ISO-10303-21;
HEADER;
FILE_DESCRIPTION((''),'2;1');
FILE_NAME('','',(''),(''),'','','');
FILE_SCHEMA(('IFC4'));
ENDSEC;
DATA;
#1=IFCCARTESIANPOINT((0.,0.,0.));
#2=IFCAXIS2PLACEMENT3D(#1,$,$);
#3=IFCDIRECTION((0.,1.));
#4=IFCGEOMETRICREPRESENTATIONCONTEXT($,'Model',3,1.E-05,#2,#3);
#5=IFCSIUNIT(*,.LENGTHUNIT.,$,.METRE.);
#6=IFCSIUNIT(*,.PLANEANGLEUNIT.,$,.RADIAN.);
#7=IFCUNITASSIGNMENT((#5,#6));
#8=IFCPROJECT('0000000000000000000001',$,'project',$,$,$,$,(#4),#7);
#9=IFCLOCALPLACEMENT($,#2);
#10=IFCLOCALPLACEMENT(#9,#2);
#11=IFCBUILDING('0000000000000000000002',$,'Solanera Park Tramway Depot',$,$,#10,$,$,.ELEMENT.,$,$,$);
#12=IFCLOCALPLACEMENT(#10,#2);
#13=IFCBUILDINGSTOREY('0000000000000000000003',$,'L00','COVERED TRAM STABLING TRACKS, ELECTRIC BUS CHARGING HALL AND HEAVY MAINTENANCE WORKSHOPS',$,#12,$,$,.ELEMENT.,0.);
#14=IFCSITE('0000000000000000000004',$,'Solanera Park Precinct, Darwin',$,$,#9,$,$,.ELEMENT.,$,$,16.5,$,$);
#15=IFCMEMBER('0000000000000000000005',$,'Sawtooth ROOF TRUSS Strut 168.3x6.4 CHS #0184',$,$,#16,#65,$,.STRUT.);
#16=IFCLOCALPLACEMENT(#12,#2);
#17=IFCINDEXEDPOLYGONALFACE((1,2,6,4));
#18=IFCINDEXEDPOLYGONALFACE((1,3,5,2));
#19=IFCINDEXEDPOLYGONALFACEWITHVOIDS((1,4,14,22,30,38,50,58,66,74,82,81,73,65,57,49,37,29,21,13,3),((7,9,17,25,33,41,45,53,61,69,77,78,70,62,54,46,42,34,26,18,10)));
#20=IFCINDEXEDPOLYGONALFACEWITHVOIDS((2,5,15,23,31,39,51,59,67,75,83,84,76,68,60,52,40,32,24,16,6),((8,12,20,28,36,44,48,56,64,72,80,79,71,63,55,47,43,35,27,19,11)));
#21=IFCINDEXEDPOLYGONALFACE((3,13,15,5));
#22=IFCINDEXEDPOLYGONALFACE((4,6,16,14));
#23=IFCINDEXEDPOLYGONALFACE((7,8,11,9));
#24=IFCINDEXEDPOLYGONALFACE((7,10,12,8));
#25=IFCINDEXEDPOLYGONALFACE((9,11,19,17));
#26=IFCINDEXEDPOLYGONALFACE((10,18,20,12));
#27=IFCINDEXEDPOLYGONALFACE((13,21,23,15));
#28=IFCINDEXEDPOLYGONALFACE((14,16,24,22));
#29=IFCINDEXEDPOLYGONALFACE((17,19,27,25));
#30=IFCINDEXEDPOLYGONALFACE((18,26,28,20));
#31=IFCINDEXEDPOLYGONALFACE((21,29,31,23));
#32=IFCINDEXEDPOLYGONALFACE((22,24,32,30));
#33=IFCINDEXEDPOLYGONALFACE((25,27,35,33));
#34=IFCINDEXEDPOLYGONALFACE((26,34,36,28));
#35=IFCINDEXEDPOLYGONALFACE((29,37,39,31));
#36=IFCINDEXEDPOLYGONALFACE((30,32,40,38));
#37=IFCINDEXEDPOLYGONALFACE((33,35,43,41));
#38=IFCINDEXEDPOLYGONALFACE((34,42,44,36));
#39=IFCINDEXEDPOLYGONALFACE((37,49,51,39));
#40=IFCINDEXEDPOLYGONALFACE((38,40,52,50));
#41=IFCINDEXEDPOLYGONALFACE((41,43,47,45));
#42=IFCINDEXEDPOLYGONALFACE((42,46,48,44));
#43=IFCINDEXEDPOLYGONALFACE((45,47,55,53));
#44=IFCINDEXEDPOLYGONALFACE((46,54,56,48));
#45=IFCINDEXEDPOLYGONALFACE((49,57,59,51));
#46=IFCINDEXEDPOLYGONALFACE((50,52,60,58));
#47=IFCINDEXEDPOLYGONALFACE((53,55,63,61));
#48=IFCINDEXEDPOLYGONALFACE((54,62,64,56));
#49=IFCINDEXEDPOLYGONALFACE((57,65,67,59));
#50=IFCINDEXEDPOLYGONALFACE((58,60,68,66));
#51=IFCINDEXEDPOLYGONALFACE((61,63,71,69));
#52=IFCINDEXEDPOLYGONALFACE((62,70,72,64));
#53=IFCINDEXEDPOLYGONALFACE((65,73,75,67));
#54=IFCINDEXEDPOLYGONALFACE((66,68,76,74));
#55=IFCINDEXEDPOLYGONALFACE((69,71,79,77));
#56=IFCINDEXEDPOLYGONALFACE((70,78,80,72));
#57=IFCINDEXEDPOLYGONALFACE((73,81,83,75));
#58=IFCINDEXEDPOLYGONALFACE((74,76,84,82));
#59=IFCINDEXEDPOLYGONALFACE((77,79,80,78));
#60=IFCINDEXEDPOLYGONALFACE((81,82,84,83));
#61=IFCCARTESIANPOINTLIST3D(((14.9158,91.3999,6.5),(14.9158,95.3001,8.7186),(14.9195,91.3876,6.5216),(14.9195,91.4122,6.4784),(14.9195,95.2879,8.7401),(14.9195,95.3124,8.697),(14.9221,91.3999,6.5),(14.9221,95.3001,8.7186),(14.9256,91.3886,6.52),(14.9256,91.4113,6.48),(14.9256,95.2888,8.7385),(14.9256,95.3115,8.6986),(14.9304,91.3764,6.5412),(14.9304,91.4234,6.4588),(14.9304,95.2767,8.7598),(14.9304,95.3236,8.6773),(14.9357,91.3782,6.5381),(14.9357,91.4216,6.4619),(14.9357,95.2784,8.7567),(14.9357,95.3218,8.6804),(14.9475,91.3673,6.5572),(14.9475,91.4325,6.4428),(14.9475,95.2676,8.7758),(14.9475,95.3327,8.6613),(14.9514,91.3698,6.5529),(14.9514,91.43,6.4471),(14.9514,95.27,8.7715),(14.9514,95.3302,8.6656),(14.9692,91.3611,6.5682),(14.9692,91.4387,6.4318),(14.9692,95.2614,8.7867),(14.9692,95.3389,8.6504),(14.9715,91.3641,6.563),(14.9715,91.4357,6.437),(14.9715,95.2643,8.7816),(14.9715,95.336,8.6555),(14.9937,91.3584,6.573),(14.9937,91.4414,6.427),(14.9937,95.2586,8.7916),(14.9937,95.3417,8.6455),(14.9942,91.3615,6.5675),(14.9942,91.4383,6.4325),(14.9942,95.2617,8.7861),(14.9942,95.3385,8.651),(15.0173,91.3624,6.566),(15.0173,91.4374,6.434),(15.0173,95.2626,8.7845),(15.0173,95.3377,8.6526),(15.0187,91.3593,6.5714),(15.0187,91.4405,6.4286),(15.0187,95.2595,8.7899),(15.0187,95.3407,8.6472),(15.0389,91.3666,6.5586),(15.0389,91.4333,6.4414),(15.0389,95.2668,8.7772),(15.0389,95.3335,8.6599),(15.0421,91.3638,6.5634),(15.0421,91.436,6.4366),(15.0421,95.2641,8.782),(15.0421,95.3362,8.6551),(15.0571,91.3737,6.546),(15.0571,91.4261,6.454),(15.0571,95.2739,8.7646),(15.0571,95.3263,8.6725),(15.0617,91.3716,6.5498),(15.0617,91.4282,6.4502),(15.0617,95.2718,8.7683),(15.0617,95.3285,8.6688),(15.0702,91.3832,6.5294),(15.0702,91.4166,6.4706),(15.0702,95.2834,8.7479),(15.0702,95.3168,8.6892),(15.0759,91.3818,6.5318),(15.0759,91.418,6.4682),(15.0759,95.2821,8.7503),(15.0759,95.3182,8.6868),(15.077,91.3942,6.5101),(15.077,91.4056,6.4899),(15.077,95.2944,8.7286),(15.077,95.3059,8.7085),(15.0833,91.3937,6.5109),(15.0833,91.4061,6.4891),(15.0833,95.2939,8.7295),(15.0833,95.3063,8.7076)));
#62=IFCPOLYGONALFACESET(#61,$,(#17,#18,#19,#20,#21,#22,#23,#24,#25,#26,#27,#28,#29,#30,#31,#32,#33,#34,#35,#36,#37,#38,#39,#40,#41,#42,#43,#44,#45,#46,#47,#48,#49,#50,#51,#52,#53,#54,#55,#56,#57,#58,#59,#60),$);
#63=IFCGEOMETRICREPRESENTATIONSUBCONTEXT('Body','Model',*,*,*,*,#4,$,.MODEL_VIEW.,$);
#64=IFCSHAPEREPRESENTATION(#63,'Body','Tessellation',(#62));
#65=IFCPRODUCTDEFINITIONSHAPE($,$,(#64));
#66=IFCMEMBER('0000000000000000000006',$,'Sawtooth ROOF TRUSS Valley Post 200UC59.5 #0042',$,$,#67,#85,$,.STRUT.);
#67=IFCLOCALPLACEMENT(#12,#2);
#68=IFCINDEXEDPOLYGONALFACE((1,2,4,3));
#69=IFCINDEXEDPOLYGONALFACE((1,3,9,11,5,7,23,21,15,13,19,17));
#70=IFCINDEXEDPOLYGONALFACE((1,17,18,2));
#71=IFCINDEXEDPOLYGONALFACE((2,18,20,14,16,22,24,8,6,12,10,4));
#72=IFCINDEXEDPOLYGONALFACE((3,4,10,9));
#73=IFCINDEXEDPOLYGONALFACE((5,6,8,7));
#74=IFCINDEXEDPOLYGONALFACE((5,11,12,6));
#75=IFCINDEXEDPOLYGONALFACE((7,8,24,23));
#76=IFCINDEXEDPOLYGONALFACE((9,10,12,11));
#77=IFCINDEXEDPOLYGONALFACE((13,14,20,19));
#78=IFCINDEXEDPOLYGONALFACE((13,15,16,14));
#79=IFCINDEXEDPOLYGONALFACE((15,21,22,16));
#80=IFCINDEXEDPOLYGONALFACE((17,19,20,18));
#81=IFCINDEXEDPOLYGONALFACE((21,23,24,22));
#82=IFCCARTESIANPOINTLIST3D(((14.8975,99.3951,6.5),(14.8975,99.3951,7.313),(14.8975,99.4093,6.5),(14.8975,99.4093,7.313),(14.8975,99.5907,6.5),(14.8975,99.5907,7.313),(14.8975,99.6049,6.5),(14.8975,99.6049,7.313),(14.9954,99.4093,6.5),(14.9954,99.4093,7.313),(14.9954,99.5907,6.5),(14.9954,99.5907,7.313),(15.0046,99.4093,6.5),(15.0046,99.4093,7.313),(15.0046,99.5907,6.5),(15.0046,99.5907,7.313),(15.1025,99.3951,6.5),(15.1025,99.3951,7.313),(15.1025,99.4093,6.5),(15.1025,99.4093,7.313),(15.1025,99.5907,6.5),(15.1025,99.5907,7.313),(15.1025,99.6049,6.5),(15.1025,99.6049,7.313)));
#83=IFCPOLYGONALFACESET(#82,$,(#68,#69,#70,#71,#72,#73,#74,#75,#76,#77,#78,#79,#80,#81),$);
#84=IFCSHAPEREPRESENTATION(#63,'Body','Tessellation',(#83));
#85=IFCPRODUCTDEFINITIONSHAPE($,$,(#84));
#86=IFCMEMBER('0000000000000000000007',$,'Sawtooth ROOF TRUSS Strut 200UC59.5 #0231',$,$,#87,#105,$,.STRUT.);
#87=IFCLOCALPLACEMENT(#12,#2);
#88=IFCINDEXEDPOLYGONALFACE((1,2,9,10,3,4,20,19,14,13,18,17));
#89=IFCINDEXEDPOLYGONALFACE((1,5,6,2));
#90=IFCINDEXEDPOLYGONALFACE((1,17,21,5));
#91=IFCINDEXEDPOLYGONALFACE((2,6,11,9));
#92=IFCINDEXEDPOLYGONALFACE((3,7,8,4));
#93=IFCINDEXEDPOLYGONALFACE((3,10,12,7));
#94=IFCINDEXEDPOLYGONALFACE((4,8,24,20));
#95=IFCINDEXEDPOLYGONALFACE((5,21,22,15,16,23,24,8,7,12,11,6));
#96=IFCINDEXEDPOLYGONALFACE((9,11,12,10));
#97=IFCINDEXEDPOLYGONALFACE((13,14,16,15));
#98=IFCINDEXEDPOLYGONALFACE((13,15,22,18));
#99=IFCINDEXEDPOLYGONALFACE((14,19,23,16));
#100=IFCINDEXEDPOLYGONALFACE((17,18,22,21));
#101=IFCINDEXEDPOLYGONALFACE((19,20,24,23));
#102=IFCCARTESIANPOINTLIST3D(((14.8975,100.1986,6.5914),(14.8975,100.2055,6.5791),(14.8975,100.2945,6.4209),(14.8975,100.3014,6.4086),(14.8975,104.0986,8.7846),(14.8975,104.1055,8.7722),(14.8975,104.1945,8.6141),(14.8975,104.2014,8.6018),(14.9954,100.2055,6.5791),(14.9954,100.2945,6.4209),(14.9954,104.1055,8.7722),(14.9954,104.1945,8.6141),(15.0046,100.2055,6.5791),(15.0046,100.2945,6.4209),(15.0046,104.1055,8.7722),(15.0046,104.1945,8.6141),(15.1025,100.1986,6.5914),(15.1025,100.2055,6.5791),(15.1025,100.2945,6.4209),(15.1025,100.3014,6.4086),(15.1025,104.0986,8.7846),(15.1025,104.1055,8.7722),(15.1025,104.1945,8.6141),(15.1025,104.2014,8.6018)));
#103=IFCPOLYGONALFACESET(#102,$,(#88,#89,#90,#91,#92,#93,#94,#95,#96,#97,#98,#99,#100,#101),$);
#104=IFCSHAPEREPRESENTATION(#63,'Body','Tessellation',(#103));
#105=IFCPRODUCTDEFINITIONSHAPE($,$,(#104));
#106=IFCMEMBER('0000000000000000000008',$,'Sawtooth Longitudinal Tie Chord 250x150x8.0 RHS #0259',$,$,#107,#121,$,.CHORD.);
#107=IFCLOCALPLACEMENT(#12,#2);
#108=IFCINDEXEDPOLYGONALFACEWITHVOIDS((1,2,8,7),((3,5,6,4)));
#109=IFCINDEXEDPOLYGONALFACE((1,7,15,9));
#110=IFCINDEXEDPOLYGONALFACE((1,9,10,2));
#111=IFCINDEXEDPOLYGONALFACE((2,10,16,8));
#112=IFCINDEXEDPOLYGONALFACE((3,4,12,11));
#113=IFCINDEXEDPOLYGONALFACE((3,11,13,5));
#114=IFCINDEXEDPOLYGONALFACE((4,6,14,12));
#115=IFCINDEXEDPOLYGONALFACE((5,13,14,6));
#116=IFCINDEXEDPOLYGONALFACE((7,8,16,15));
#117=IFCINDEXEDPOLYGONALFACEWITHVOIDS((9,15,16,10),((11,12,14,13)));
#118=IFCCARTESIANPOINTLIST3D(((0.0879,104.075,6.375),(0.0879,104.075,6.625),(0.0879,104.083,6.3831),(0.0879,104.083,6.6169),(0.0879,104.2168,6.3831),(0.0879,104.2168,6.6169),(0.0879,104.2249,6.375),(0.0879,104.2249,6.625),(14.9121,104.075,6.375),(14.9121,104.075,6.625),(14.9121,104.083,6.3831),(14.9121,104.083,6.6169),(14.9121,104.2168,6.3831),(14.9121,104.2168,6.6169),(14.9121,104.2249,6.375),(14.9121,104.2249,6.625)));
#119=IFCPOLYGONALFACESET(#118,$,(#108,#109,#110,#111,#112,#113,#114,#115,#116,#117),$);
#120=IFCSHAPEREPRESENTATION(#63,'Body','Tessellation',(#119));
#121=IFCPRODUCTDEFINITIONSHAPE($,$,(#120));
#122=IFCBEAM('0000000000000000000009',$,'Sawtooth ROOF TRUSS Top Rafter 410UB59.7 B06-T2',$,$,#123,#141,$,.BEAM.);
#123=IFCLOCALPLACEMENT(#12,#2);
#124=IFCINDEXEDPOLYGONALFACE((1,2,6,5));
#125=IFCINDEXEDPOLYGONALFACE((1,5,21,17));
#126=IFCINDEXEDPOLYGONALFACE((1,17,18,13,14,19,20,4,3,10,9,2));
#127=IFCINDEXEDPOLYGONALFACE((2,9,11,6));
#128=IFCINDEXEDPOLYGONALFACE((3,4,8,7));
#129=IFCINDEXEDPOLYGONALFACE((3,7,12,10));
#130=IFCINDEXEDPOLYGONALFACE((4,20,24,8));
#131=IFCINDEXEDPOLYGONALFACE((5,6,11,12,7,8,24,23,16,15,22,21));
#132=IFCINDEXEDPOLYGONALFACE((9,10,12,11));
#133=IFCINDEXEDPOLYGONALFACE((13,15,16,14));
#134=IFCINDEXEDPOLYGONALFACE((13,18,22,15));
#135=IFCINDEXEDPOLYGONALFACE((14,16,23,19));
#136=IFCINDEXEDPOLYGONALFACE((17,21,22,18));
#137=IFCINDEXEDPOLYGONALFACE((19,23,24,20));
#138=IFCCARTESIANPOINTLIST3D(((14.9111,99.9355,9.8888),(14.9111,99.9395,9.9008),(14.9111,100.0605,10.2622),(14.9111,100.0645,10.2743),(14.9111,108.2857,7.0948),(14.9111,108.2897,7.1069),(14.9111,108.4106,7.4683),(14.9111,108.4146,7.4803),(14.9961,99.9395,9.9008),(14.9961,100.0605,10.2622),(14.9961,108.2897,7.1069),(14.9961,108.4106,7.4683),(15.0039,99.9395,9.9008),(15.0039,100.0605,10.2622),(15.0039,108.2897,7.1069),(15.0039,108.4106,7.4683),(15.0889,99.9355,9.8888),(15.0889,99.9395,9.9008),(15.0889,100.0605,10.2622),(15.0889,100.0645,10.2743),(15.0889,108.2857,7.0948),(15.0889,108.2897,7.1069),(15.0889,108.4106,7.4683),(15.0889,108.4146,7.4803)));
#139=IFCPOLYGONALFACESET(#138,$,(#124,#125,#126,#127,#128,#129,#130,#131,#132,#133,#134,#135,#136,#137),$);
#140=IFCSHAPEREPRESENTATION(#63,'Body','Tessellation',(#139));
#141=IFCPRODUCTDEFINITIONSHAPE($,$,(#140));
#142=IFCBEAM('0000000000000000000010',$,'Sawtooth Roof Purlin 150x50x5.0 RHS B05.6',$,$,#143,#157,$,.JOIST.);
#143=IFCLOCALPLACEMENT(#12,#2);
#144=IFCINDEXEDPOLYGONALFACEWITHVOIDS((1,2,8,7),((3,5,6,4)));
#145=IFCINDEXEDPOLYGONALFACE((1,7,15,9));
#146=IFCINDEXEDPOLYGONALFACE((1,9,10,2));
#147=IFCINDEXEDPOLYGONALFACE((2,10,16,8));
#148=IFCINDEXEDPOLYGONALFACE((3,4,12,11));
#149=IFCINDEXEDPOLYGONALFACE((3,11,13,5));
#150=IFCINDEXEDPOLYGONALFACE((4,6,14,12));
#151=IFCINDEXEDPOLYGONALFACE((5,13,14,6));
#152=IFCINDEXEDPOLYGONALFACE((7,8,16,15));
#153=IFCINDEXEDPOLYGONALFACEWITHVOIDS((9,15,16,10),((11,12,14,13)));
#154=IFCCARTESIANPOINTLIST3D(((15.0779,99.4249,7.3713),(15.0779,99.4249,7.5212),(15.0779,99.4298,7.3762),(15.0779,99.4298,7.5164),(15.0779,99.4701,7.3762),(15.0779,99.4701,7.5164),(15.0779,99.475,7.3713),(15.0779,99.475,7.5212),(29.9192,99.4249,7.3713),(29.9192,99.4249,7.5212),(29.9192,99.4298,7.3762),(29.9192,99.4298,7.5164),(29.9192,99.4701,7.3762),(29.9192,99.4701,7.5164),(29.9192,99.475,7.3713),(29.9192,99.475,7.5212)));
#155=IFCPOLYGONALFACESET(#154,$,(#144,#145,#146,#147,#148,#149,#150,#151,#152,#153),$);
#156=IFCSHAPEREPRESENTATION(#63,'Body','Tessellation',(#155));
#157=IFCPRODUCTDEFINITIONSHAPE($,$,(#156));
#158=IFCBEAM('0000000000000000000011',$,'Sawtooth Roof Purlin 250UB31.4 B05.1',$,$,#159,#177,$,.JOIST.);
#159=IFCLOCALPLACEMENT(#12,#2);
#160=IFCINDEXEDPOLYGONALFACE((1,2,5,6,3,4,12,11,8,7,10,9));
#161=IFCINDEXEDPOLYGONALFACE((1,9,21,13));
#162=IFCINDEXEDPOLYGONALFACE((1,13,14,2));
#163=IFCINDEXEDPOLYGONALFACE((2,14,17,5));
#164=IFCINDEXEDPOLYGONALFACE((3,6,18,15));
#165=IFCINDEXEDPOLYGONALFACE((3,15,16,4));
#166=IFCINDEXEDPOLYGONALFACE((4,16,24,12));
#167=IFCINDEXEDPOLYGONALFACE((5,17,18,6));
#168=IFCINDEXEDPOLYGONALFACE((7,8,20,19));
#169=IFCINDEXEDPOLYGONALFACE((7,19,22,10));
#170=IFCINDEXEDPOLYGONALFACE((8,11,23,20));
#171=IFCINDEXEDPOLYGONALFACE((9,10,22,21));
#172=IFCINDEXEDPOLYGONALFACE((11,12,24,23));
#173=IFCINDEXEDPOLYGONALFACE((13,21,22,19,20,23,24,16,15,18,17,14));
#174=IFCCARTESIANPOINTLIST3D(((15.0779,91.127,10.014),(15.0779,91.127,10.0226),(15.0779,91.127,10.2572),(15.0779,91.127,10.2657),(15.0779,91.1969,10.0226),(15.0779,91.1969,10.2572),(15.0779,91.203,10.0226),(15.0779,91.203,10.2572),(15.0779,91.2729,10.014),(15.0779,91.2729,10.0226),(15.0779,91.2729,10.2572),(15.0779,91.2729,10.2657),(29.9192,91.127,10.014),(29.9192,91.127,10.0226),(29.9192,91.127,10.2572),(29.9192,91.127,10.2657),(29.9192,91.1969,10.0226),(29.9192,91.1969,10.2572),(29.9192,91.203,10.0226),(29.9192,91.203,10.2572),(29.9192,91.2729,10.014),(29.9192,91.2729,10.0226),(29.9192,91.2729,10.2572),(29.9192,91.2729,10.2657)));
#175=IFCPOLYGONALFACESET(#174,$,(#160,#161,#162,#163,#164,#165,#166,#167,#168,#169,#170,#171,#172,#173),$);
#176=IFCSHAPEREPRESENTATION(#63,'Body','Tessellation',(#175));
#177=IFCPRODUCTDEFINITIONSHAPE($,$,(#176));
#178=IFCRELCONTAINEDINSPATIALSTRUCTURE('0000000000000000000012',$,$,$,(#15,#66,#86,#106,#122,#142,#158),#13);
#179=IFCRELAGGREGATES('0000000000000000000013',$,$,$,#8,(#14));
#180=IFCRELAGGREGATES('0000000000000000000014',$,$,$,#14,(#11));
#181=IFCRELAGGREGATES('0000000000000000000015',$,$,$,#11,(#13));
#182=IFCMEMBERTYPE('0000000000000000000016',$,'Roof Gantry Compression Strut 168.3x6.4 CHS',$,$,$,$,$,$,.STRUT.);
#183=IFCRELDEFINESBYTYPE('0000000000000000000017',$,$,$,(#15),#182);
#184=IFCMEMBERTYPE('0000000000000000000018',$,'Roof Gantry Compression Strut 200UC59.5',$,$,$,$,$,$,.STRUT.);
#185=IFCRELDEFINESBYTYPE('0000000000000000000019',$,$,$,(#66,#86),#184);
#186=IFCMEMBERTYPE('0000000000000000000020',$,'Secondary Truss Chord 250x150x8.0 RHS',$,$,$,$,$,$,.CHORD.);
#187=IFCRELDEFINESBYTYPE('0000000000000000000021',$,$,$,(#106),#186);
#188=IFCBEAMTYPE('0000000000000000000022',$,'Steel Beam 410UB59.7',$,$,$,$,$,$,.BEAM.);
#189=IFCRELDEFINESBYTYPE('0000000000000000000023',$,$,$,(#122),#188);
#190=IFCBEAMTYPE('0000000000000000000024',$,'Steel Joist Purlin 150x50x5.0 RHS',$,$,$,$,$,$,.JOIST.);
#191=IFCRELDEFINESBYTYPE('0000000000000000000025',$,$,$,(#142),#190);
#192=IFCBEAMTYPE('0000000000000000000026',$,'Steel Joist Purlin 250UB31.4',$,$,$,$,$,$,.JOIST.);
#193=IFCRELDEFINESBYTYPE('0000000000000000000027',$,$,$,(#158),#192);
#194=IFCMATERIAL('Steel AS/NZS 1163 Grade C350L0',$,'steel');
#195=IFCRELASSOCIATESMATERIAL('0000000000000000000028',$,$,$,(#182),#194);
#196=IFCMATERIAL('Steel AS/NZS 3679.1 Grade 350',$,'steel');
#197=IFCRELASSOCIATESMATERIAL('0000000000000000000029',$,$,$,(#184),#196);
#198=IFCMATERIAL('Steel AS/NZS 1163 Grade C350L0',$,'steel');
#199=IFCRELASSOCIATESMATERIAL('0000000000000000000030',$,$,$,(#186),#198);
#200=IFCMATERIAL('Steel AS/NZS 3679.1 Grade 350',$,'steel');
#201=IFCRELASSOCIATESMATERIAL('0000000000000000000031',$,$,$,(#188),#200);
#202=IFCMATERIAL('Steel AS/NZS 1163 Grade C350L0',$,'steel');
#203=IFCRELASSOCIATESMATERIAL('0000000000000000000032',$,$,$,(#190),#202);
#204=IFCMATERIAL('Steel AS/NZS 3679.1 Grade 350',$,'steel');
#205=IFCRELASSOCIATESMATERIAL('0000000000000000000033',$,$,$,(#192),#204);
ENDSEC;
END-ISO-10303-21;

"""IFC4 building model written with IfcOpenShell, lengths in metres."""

from ifc_helpers import new_model, si_unit, direction, frame, origin, origin_2d, place, context, subcontext, project, spatial, hollow_rectangle, hollow_circle, i_section, extrude, material, material_profile, profile_set, type_object, element, save


model = new_model("IFC4")

# Units and contexts
model_context = context("Model", 3, precision=1e-05, world=origin(), true_north=direction((0.0, 1.0)))
body_context = subcontext(model_context, "Body", "Model", "MODEL_VIEW")
ifc_project = project(units=[si_unit("LENGTHUNIT", "METRE"), si_unit("PLANEANGLEUNIT", "RADIAN")], contexts=[model_context])

# Site, building, storey
site_placement = place(None, origin())
site = spatial("IfcSite", under=ifc_project, at=site_placement, Name="Solanera Park Precinct, Darwin", CompositionType="ELEMENT", RefElevation=16.5)
building_placement = place(site_placement, origin())
building = spatial("IfcBuilding", under=site, at=building_placement, Name="Solanera Park Tramway Depot", CompositionType="ELEMENT")
storey_placement = place(building_placement, origin())
storey = spatial("IfcBuildingStorey", under=building, at=storey_placement, Name="L00", Description="COVERED TRAM STABLING TRACKS, ELECTRIC BUS CHARGING HALL AND HEAVY MAINTENANCE WORKSHOPS", CompositionType="ELEMENT", Elevation=0.0)

# Members
ifc_material_1 = material(Name="Steel AS/NZS 1163 Grade C350L0", Category="steel")
ifc_material_profile_1 = material_profile(ifc_material_1, hollow_circle(Radius=0.0842, WallThickness=0.0063, at=origin_2d()), Name="168.3x6.4 CHS")
ifc_profile_set_1 = profile_set([ifc_material_profile_1], Name="Steel AS/NZS 1163 Grade C350L0")
member_type_1 = type_object("IfcMemberType", Name="Roof Gantry Compression Strut 168.3x6.4 CHS", PredefinedType="STRUT", material=ifc_profile_set_1)
member_1_placement = place(storey_placement, frame((15.0, 91.3999, 6.5), z_axis=(0.0, 0.869216, 0.494433), x_axis=(-1.0, 0.0, 0.0)))
element("IfcMember", 1, at=member_1_placement, inside=storey, type_object=member_type_1, Name="Sawtooth ROOF TRUSS Strut 168.3x6.4 CHS #0184", PredefinedType="STRUT", context=body_context, shape_type="SweptSolid", body=[
    extrude(hollow_circle(Radius=0.0842, WallThickness=0.0063, at=origin_2d()), origin(), (0.0, 0.0, 1.0), 4.4871),
])
ifc_material_2 = material(Name="Steel AS/NZS 3679.1 Grade 350", Category="steel")
ifc_material_profile_2 = material_profile(ifc_material_2, i_section(OverallWidth=0.2051, OverallDepth=0.2097, WebThickness=0.0093, FlangeThickness=0.0142, at=origin_2d()), Name="200UC59.5")
ifc_profile_set_2 = profile_set([ifc_material_profile_2], Name="Steel AS/NZS 3679.1 Grade 350")
member_type_2 = type_object("IfcMemberType", Name="Roof Gantry Compression Strut 200UC59.5", PredefinedType="STRUT", material=ifc_profile_set_2)
member_2_placement = place(storey_placement, frame((15.0, 99.5, 6.5), z_axis=(0.0, 0.0, 1.0), x_axis=(1.0, 0.0, 0.0)))
element("IfcMember", 2, at=member_2_placement, inside=storey, type_object=member_type_2, Name="Sawtooth ROOF TRUSS Valley Post 200UC59.5 #0042", PredefinedType="STRUT", context=body_context, shape_type="SweptSolid", body=[
    extrude(i_section(OverallWidth=0.2051, OverallDepth=0.2097, WebThickness=0.0093, FlangeThickness=0.0142, at=origin_2d()), origin(), (0.0, 0.0, 1.0), 0.813),
])
member_3_placement = place(storey_placement, frame((15.0, 100.25, 6.5), z_axis=(0.0, 0.871631, 0.490163), x_axis=(-1.0, 0.0, 0.0)))
element("IfcMember", 3, at=member_3_placement, inside=storey, type_object=member_type_2, Name="Sawtooth ROOF TRUSS Strut 200UC59.5 #0231", PredefinedType="STRUT", context=body_context, shape_type="SweptSolid", body=[
    extrude(i_section(OverallWidth=0.2051, OverallDepth=0.2097, WebThickness=0.0093, FlangeThickness=0.0142, at=origin_2d()), origin(), (0.0, 0.0, 1.0), 4.4744),
])
ifc_material_3 = material(Name="Steel AS/NZS 1163 Grade C350L0", Category="steel")
ifc_material_profile_3 = material_profile(ifc_material_3, hollow_rectangle(XDim=0.1499, YDim=0.25, WallThickness=0.0081, at=origin_2d()), Name="250x150x8.0 RHS")
ifc_profile_set_3 = profile_set([ifc_material_profile_3], Name="Steel AS/NZS 1163 Grade C350L0")
member_type_3 = type_object("IfcMemberType", Name="Secondary Truss Chord 250x150x8.0 RHS", PredefinedType="CHORD", material=ifc_profile_set_3)
member_4_placement = place(storey_placement, frame((0.0879, 104.1499, 6.5), z_axis=(1.0, 0.0, 0.0), x_axis=(0.0, 1.0, 0.0)))
element("IfcMember", 4, at=member_4_placement, inside=storey, type_object=member_type_3, Name="Sawtooth Longitudinal Tie Chord 250x150x8.0 RHS #0259", PredefinedType="CHORD", context=body_context, shape_type="SweptSolid", body=[
    extrude(hollow_rectangle(XDim=0.1499, YDim=0.25, WallThickness=0.0081, at=origin_2d()), origin(), (0.0, 0.0, 1.0), 14.8242),
])

# Beams
ifc_material_4 = material(Name="Steel AS/NZS 3679.1 Grade 350", Category="steel")
ifc_material_profile_4 = material_profile(ifc_material_4, i_section(OverallWidth=0.1777, OverallDepth=0.4065, WebThickness=0.0078, FlangeThickness=0.0127, at=origin_2d()), Name="410UB59.7")
ifc_profile_set_4 = profile_set([ifc_material_profile_4], Name="Steel AS/NZS 3679.1 Grade 350")
beam_type_1 = type_object("IfcBeamType", Name="Steel Beam 410UB59.7", PredefinedType="BEAM", material=ifc_profile_set_4)
beam_1_placement = place(storey_placement, frame((15.0, 100.0, 10.0815), z_axis=(0.0, 0.948322, -0.317309), x_axis=(-1.0, 0.0, 0.0)))
element("IfcBeam", 5, at=beam_1_placement, inside=storey, type_object=beam_type_1, Name="Sawtooth ROOF TRUSS Top Rafter 410UB59.7 B06-T2", PredefinedType="BEAM", context=body_context, shape_type="SweptSolid", body=[
    extrude(i_section(OverallWidth=0.1777, OverallDepth=0.4065, WebThickness=0.0078, FlangeThickness=0.0127, at=origin_2d()), origin(), (0.0, 0.0, 1.0), 8.8052),
])
ifc_material_5 = material(Name="Steel AS/NZS 1163 Grade C350L0", Category="steel")
ifc_material_profile_5 = material_profile(ifc_material_5, hollow_rectangle(XDim=0.05, YDim=0.1499, WallThickness=0.0049, at=origin_2d()), Name="150x50x5.0 RHS")
ifc_profile_set_5 = profile_set([ifc_material_profile_5], Name="Steel AS/NZS 1163 Grade C350L0")
beam_type_2 = type_object("IfcBeamType", Name="Steel Joist Purlin 150x50x5.0 RHS", PredefinedType="JOIST", material=ifc_profile_set_5)
beam_2_placement = place(storey_placement, frame((15.0779, 99.45, 7.4463), z_axis=(1.0, 0.0, 0.0), x_axis=(0.0, 1.0, 0.0)))
element("IfcBeam", 6, at=beam_2_placement, inside=storey, type_object=beam_type_2, Name="Sawtooth Roof Purlin 150x50x5.0 RHS B05.6", PredefinedType="JOIST", context=body_context, shape_type="SweptSolid", body=[
    extrude(hollow_rectangle(XDim=0.05, YDim=0.1499, WallThickness=0.0049, at=origin_2d()), origin(), (0.0, 0.0, 1.0), 14.8413),
])
ifc_material_6 = material(Name="Steel AS/NZS 3679.1 Grade 350", Category="steel")
ifc_material_profile_6 = material_profile(ifc_material_6, i_section(OverallWidth=0.146, OverallDepth=0.2517, WebThickness=0.0061, FlangeThickness=0.0085, at=origin_2d()), Name="250UB31.4")
ifc_profile_set_6 = profile_set([ifc_material_profile_6], Name="Steel AS/NZS 3679.1 Grade 350")
beam_type_3 = type_object("IfcBeamType", Name="Steel Joist Purlin 250UB31.4", PredefinedType="JOIST", material=ifc_profile_set_6)
beam_3_placement = place(storey_placement, frame((15.0779, 91.2, 10.1399), z_axis=(1.0, 0.0, 0.0), x_axis=(0.0, 1.0, 0.0)))
element("IfcBeam", 7, at=beam_3_placement, inside=storey, type_object=beam_type_3, Name="Sawtooth Roof Purlin 250UB31.4 B05.1", PredefinedType="JOIST", context=body_context, shape_type="SweptSolid", body=[
    extrude(i_section(OverallWidth=0.146, OverallDepth=0.2517, WebThickness=0.0061, FlangeThickness=0.0085, at=origin_2d()), origin(), (0.0, 0.0, 1.0), 14.8413),
])

save(model, "model.ifc")
